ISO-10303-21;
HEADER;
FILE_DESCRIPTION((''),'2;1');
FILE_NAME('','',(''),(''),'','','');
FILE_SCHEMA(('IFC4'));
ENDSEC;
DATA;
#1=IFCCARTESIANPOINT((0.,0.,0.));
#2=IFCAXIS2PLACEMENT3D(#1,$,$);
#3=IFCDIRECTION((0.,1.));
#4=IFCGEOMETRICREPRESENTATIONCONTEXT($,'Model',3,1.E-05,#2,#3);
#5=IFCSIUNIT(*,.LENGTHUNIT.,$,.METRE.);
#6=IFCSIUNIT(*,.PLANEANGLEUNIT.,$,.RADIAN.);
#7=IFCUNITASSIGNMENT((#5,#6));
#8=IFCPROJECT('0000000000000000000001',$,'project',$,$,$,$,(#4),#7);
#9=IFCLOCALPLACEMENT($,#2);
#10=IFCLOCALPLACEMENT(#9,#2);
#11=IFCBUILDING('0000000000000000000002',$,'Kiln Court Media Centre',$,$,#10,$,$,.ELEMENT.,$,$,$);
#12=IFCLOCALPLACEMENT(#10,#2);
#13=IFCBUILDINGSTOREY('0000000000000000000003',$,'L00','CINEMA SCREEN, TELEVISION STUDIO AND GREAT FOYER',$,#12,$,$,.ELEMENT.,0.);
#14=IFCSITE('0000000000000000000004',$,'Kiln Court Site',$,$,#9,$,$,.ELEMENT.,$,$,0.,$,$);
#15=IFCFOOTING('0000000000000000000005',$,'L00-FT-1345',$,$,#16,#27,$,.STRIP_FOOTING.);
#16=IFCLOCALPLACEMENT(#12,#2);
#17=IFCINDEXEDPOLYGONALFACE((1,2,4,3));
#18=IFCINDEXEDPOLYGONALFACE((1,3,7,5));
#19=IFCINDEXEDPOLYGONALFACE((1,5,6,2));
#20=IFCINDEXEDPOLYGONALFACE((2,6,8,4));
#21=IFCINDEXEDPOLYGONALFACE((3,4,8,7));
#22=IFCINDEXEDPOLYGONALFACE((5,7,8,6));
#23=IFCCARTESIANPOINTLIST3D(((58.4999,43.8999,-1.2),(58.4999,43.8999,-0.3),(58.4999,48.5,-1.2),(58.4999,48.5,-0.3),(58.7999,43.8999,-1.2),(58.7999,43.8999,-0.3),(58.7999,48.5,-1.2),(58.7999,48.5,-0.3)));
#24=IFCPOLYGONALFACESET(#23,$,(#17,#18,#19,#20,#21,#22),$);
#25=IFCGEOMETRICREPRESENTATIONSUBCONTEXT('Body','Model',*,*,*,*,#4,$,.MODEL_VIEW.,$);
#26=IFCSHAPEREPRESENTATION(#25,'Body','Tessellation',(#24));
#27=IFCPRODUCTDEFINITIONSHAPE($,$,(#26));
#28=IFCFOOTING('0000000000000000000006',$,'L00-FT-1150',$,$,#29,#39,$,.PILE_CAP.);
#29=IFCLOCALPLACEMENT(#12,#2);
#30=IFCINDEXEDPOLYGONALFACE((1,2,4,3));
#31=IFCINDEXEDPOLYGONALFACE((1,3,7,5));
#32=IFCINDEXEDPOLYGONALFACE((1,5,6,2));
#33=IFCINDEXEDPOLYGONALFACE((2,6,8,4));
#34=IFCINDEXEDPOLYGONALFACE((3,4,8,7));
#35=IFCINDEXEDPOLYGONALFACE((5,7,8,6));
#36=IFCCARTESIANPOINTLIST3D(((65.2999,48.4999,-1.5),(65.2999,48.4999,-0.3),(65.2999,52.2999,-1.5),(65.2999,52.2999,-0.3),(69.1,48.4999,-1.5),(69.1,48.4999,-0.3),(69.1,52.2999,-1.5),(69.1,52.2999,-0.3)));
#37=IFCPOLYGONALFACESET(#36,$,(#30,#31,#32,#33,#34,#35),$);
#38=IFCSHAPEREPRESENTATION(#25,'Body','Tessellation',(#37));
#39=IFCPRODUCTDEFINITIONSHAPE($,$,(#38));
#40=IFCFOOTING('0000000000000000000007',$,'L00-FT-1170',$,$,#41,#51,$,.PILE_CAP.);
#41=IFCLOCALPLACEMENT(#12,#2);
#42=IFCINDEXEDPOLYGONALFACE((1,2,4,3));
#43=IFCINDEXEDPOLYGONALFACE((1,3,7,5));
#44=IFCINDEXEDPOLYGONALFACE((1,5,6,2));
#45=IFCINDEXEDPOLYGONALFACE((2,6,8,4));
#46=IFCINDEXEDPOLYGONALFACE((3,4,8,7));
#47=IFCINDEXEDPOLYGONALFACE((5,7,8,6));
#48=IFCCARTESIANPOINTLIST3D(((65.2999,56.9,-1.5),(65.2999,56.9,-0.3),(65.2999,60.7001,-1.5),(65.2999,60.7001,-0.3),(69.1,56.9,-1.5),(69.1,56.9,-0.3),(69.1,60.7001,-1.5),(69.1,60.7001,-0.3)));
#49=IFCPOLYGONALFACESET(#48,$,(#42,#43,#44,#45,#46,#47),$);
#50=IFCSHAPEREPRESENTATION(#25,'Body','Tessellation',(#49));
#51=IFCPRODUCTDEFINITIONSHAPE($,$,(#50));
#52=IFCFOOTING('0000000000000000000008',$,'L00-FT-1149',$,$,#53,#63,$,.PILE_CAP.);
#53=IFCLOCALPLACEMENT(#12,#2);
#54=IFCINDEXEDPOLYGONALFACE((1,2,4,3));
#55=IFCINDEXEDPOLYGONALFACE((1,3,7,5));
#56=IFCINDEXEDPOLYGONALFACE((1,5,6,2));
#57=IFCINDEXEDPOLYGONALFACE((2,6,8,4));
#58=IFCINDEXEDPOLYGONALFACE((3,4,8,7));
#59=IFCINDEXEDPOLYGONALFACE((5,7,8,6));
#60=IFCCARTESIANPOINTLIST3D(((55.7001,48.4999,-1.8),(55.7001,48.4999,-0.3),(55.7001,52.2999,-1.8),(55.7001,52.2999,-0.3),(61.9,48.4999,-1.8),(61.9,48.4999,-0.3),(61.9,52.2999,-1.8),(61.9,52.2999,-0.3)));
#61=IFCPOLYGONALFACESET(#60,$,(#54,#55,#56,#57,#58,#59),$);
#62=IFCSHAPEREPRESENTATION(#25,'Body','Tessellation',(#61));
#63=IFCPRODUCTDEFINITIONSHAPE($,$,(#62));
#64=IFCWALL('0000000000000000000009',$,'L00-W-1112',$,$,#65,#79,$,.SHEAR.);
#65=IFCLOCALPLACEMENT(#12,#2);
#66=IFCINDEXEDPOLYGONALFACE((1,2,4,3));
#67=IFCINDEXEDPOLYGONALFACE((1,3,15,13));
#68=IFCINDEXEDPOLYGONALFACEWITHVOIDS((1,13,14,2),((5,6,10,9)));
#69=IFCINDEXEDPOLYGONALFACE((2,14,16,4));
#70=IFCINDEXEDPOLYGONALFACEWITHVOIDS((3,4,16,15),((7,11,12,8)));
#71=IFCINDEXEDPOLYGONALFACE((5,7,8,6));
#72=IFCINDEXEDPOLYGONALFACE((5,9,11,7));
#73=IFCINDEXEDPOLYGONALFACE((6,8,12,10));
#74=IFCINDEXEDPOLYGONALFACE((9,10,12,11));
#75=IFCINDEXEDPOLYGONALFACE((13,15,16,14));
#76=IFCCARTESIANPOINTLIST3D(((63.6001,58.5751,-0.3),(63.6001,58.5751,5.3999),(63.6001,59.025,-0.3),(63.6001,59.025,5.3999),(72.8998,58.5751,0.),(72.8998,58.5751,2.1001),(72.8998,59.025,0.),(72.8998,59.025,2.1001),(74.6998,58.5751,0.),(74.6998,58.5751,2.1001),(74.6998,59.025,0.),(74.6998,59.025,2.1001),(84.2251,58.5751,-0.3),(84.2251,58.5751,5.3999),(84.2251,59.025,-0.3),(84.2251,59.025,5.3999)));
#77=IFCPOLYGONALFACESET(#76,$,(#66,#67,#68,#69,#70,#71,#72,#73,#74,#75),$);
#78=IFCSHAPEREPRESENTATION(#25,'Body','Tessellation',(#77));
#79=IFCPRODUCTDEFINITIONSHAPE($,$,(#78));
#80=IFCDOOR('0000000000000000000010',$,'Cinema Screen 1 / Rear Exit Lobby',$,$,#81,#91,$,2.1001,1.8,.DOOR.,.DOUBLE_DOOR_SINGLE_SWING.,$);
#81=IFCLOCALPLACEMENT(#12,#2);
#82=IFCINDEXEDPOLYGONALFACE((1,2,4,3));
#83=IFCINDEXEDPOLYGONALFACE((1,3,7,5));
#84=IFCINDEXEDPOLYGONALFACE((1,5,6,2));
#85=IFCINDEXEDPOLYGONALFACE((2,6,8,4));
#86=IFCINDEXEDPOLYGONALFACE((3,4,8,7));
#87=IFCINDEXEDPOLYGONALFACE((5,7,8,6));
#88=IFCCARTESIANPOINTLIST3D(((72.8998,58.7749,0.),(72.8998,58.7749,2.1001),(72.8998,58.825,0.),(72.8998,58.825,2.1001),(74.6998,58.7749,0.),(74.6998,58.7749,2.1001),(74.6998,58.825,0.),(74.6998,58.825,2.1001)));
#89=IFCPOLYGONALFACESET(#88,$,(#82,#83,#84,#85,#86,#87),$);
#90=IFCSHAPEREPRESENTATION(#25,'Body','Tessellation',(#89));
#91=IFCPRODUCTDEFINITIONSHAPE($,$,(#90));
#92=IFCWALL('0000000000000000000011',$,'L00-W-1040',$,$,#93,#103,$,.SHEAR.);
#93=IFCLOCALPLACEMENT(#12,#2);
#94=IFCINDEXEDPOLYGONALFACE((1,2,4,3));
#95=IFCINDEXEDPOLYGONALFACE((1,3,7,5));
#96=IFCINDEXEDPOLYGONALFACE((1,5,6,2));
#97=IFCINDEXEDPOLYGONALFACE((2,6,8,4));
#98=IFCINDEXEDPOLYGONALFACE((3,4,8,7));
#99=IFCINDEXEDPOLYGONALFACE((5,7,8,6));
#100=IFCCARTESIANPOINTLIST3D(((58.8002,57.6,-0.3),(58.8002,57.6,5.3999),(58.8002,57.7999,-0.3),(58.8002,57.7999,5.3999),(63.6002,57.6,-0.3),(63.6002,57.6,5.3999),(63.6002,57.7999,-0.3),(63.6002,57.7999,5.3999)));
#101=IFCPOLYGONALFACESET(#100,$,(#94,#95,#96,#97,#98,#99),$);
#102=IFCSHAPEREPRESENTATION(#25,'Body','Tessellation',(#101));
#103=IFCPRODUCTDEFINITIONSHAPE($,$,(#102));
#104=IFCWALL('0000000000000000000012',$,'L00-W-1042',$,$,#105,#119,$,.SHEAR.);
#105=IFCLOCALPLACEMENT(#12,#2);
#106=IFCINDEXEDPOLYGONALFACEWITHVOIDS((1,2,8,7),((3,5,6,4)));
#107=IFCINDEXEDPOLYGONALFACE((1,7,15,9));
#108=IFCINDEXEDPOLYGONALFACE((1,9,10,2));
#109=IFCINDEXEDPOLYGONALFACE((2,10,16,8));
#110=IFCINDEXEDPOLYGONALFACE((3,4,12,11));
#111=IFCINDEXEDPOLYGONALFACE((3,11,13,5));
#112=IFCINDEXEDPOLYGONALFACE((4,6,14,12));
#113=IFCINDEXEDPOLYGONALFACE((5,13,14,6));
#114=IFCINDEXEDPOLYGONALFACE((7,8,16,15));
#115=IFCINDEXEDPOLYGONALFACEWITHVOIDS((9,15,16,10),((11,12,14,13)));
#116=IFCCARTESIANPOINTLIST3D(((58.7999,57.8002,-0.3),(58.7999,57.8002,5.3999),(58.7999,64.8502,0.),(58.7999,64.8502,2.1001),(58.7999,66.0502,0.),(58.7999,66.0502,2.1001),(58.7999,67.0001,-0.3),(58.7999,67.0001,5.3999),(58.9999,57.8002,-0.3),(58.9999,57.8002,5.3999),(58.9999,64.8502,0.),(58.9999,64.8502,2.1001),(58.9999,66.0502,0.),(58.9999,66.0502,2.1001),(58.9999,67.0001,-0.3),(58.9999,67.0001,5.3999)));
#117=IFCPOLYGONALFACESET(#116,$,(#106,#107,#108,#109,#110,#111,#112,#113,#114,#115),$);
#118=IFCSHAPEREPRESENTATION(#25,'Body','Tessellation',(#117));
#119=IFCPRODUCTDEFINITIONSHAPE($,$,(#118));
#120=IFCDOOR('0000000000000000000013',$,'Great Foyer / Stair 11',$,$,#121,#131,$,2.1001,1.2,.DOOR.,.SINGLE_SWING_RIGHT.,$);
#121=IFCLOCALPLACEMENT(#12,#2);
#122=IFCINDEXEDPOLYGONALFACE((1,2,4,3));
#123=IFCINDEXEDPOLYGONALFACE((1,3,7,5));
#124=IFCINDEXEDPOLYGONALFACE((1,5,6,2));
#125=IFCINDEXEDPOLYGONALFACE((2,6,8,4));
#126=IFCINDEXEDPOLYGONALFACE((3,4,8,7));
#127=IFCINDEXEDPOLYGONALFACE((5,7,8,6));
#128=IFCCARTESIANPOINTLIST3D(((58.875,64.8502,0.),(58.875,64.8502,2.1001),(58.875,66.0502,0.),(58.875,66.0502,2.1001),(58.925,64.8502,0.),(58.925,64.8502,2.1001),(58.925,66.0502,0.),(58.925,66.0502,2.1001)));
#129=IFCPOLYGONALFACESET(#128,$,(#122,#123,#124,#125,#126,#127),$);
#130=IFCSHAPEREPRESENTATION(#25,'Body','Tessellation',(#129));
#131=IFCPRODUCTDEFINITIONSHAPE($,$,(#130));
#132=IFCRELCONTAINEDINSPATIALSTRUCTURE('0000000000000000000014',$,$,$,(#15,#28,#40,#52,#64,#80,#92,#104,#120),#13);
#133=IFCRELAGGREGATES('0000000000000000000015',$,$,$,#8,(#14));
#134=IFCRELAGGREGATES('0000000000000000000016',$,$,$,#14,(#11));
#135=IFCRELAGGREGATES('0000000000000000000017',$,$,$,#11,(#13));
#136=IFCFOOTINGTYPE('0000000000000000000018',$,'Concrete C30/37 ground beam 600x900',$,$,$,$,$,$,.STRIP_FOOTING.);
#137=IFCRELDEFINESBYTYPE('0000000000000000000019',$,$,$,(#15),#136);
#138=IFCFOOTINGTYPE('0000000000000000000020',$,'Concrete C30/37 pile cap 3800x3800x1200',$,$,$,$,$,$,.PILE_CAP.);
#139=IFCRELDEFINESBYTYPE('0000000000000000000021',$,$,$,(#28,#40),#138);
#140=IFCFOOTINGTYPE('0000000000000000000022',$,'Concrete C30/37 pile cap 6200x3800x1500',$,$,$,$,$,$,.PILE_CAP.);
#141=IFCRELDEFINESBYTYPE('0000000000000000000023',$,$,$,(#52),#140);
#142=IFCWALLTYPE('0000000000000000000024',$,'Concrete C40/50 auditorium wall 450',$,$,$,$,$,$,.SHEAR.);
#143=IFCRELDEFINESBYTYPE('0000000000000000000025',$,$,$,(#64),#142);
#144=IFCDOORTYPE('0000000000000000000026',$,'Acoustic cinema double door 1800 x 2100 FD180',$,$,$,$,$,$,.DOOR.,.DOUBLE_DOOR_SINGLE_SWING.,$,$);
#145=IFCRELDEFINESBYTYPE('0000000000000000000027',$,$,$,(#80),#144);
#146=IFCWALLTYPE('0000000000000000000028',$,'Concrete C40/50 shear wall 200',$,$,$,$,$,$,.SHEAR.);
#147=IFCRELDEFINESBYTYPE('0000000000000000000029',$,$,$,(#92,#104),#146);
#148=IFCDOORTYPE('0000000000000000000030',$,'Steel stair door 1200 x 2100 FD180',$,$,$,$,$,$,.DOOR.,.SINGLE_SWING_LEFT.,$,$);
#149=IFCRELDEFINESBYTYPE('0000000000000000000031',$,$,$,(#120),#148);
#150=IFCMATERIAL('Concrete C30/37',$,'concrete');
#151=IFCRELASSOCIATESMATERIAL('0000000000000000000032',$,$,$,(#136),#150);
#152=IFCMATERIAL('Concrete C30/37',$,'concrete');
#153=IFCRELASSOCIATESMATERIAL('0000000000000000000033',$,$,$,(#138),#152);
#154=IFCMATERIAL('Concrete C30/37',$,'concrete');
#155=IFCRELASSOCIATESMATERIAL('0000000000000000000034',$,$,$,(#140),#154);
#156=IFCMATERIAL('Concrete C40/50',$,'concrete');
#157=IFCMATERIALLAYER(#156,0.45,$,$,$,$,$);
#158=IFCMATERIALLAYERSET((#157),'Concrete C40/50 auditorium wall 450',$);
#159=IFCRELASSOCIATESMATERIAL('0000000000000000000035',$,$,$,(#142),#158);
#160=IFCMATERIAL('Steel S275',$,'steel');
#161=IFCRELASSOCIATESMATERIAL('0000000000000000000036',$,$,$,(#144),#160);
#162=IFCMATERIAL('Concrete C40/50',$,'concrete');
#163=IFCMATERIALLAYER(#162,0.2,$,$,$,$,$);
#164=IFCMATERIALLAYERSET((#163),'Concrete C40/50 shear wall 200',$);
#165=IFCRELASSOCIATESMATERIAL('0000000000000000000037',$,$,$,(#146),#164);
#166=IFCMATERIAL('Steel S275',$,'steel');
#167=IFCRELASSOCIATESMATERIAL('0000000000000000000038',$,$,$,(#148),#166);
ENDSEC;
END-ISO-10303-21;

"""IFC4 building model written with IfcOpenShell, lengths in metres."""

from ifc_helpers import new_model, si_unit, direction, frame, frame_2d, origin, origin_2d, place, context, subcontext, project, spatial, rectangle, extrude, material, layer, layer_set, type_object, element, fill, save


model = new_model("IFC4")

# Units and contexts
model_context = context("Model", 3, precision=1e-05, world=origin(), true_north=direction((0.0, 1.0)))
body_context = subcontext(model_context, "Body", "Model", "MODEL_VIEW")
ifc_project = project(units=[si_unit("LENGTHUNIT", "METRE"), si_unit("PLANEANGLEUNIT", "RADIAN")], contexts=[model_context])

# Site, building, storey
site_placement = place(None, origin())
site = spatial("IfcSite", under=ifc_project, at=site_placement, Name="Kiln Court Site", CompositionType="ELEMENT", RefElevation=0.0)
building_placement = place(site_placement, origin())
building = spatial("IfcBuilding", under=site, at=building_placement, Name="Kiln Court Media Centre", CompositionType="ELEMENT")
storey_placement = place(building_placement, origin())
storey = spatial("IfcBuildingStorey", under=building, at=storey_placement, Name="L00", Description="CINEMA SCREEN, TELEVISION STUDIO AND GREAT FOYER", CompositionType="ELEMENT", Elevation=0.0)

# Footings
ifc_material_1 = material(Name="Concrete C30/37", Category="concrete")
footing_type_1 = type_object("IfcFootingType", Name="Concrete C30/37 ground beam 600x900", PredefinedType="STRIP_FOOTING", material=ifc_material_1)
footing_1_placement = place(storey_placement, frame((58.6499, 46.2, -1.2), z_axis=(0.0, 0.0, 1.0), x_axis=(1.0, 0.0, 0.0)))
element("IfcFooting", 1, at=footing_1_placement, inside=storey, type_object=footing_type_1, Name="L00-FT-1345", PredefinedType="STRIP_FOOTING", context=body_context, shape_type="SweptSolid", body=[
    extrude(rectangle(XDim=0.3, YDim=4.6001, at=origin_2d()), origin(), (0.0, 0.0, 1.0), 0.8999),
])
ifc_material_2 = material(Name="Concrete C30/37", Category="concrete")
footing_type_2 = type_object("IfcFootingType", Name="Concrete C30/37 pile cap 3800x3800x1200", PredefinedType="PILE_CAP", material=ifc_material_2)
for number, where, z_axis, x_axis, name in (
    (2, (67.2, 50.3999, -1.5), (0.0, 0.0, 1.0), (1.0, 0.0, 0.0), "L00-FT-1150"),
    (3, (67.2, 58.8, -1.5), (0.0, 0.0, 1.0), (1.0, 0.0, 0.0), "L00-FT-1170"),
):
    element("IfcFooting", number, at=place(storey_placement, frame(where, z_axis=z_axis, x_axis=x_axis)), inside=storey, type_object=footing_type_2, Name=name, PredefinedType="PILE_CAP", context=body_context, shape_type="SweptSolid", body=[
        extrude(rectangle(XDim=3.8, YDim=3.8, at=origin_2d()), origin(), (0.0, 0.0, 1.0), 1.2),
    ])
ifc_material_3 = material(Name="Concrete C30/37", Category="concrete")
footing_type_3 = type_object("IfcFootingType", Name="Concrete C30/37 pile cap 6200x3800x1500", PredefinedType="PILE_CAP", material=ifc_material_3)
footing_2_placement = place(storey_placement, frame((58.8, 50.3999, -1.8), z_axis=(0.0, 0.0, 1.0), x_axis=(1.0, 0.0, 0.0)))
element("IfcFooting", 4, at=footing_2_placement, inside=storey, type_object=footing_type_3, Name="L00-FT-1149", PredefinedType="PILE_CAP", context=body_context, shape_type="SweptSolid", body=[
    extrude(rectangle(XDim=6.2, YDim=3.8, at=origin_2d()), origin(), (0.0, 0.0, 1.0), 1.5),
])

# Wall, opening, door
ifc_material_4 = material(Name="Concrete C40/50", Category="concrete")
ifc_layer_1 = layer(ifc_material_4, 0.45)
ifc_layer_set_1 = layer_set([ifc_layer_1], Name="Concrete C40/50 auditorium wall 450")
wall_type_1 = type_object("IfcWallType", Name="Concrete C40/50 auditorium wall 450", PredefinedType="SHEAR", material=ifc_layer_set_1)
wall_1_placement = place(storey_placement, frame((63.6001, 58.8, -0.3), z_axis=(0.0, 0.0, 1.0), x_axis=(1.0, 0.0, 0.0)))
wall_1 = element("IfcWall", 5, at=wall_1_placement, inside=storey, type_object=wall_type_1, Name="L00-W-1112", PredefinedType="SHEAR", context=body_context, shape_type="SweptSolid", body=[
    extrude(rectangle(XDim=20.625, YDim=0.45, at=frame_2d((10.3125, 0.0))), origin(), (0.0, 0.0, 1.0), 5.7),
])
opening_1_placement = place(wall_1_placement, frame((9.2998, 0.0, 0.3)))
opening_1 = element("IfcOpeningElement", 6, at=opening_1_placement, cuts=wall_1, PredefinedType="OPENING", context=body_context, shape_type="SweptSolid", body=[
    extrude(rectangle(XDim=1.8, YDim=2.1001, at=frame_2d((0.8999, 1.05))), frame((0.0, 0.2349, 0.0), z_axis=(0.0, -1.0, 0.0), x_axis=(1.0, 0.0, 0.0)), (0.0, 0.0, 1.0), 0.47),
])
ifc_material_5 = material(Name="Steel S275", Category="steel")
door_type_1 = type_object("IfcDoorType", Name="Acoustic cinema double door 1800 x 2100 FD180", OperationType="DOUBLE_DOOR_SINGLE_SWING", PredefinedType="DOOR", material=ifc_material_5)
door_1_placement = place(opening_1_placement, origin())
door_1 = element("IfcDoor", 7, at=door_1_placement, inside=storey, type_object=door_type_1, Name="Cinema Screen 1 / Rear Exit Lobby", OperationType="DOUBLE_DOOR_SINGLE_SWING", OverallHeight=2.1001, OverallWidth=1.8, PredefinedType="DOOR", context=body_context, shape_type="SweptSolid", body=[
    extrude(rectangle(XDim=1.8, YDim=2.1001, at=frame_2d((0.8999, 1.05))), frame((0.0, 0.0249, 0.0), z_axis=(0.0, -1.0, 0.0), x_axis=(1.0, 0.0, 0.0)), (0.0, 0.0, 1.0), 0.05),
])
fill(opening_1, door_1)

# Wall
ifc_material_6 = material(Name="Concrete C40/50", Category="concrete")
ifc_layer_2 = layer(ifc_material_6, 0.2)
ifc_layer_set_2 = layer_set([ifc_layer_2], Name="Concrete C40/50 shear wall 200")
wall_type_2 = type_object("IfcWallType", Name="Concrete C40/50 shear wall 200", PredefinedType="SHEAR", material=ifc_layer_set_2)
wall_2_placement = place(storey_placement, frame((63.6001, 57.7, -0.3), z_axis=(0.0, 0.0, 1.0), x_axis=(-1.0, 0.0, 0.0)))
element("IfcWall", 8, at=wall_2_placement, inside=storey, type_object=wall_type_2, Name="L00-W-1040", PredefinedType="SHEAR", context=body_context, shape_type="SweptSolid", body=[
    extrude(rectangle(XDim=4.8, YDim=0.2, at=frame_2d((2.3999, 0.0))), origin(), (0.0, 0.0, 1.0), 5.7),
])

# Wall, opening, door
wall_3_placement = place(storey_placement, frame((58.8999, 57.8, -0.3), z_axis=(0.0, 0.0, 1.0), x_axis=(0.0, 1.0, 0.0)))
wall_3 = element("IfcWall", 9, at=wall_3_placement, inside=storey, type_object=wall_type_2, Name="L00-W-1042", PredefinedType="SHEAR", context=body_context, shape_type="SweptSolid", body=[
    extrude(rectangle(XDim=9.2, YDim=0.2, at=frame_2d((4.6001, 0.0))), origin(), (0.0, 0.0, 1.0), 5.7),
])
opening_2_placement = place(wall_3_placement, frame((7.05, 0.0, 0.3)))
opening_2 = element("IfcOpeningElement", 10, at=opening_2_placement, cuts=wall_3, PredefinedType="OPENING", context=body_context, shape_type="SweptSolid", body=[
    extrude(rectangle(XDim=1.2, YDim=2.1001, at=frame_2d((0.6001, 1.05))), frame((0.0, 0.1099, 0.0), z_axis=(0.0, -1.0, 0.0), x_axis=(1.0, 0.0, 0.0)), (0.0, 0.0, 1.0), 0.22),
])
ifc_material_7 = material(Name="Steel S275", Category="steel")
door_type_2 = type_object("IfcDoorType", Name="Steel stair door 1200 x 2100 FD180", OperationType="SINGLE_SWING_LEFT", PredefinedType="DOOR", material=ifc_material_7)
door_2_placement = place(opening_2_placement, origin())
door_2 = element("IfcDoor", 11, at=door_2_placement, inside=storey, type_object=door_type_2, Name="Great Foyer / Stair 11", OperationType="SINGLE_SWING_RIGHT", OverallHeight=2.1001, OverallWidth=1.2, PredefinedType="DOOR", context=body_context, shape_type="SweptSolid", body=[
    extrude(rectangle(XDim=1.2, YDim=2.1001, at=frame_2d((0.6001, 1.05))), frame((0.0, 0.0249, 0.0), z_axis=(0.0, -1.0, 0.0), x_axis=(1.0, 0.0, 0.0)), (0.0, 0.0, 1.0), 0.05),
])
fill(opening_2, door_2)

save(model, "model.ifc")
